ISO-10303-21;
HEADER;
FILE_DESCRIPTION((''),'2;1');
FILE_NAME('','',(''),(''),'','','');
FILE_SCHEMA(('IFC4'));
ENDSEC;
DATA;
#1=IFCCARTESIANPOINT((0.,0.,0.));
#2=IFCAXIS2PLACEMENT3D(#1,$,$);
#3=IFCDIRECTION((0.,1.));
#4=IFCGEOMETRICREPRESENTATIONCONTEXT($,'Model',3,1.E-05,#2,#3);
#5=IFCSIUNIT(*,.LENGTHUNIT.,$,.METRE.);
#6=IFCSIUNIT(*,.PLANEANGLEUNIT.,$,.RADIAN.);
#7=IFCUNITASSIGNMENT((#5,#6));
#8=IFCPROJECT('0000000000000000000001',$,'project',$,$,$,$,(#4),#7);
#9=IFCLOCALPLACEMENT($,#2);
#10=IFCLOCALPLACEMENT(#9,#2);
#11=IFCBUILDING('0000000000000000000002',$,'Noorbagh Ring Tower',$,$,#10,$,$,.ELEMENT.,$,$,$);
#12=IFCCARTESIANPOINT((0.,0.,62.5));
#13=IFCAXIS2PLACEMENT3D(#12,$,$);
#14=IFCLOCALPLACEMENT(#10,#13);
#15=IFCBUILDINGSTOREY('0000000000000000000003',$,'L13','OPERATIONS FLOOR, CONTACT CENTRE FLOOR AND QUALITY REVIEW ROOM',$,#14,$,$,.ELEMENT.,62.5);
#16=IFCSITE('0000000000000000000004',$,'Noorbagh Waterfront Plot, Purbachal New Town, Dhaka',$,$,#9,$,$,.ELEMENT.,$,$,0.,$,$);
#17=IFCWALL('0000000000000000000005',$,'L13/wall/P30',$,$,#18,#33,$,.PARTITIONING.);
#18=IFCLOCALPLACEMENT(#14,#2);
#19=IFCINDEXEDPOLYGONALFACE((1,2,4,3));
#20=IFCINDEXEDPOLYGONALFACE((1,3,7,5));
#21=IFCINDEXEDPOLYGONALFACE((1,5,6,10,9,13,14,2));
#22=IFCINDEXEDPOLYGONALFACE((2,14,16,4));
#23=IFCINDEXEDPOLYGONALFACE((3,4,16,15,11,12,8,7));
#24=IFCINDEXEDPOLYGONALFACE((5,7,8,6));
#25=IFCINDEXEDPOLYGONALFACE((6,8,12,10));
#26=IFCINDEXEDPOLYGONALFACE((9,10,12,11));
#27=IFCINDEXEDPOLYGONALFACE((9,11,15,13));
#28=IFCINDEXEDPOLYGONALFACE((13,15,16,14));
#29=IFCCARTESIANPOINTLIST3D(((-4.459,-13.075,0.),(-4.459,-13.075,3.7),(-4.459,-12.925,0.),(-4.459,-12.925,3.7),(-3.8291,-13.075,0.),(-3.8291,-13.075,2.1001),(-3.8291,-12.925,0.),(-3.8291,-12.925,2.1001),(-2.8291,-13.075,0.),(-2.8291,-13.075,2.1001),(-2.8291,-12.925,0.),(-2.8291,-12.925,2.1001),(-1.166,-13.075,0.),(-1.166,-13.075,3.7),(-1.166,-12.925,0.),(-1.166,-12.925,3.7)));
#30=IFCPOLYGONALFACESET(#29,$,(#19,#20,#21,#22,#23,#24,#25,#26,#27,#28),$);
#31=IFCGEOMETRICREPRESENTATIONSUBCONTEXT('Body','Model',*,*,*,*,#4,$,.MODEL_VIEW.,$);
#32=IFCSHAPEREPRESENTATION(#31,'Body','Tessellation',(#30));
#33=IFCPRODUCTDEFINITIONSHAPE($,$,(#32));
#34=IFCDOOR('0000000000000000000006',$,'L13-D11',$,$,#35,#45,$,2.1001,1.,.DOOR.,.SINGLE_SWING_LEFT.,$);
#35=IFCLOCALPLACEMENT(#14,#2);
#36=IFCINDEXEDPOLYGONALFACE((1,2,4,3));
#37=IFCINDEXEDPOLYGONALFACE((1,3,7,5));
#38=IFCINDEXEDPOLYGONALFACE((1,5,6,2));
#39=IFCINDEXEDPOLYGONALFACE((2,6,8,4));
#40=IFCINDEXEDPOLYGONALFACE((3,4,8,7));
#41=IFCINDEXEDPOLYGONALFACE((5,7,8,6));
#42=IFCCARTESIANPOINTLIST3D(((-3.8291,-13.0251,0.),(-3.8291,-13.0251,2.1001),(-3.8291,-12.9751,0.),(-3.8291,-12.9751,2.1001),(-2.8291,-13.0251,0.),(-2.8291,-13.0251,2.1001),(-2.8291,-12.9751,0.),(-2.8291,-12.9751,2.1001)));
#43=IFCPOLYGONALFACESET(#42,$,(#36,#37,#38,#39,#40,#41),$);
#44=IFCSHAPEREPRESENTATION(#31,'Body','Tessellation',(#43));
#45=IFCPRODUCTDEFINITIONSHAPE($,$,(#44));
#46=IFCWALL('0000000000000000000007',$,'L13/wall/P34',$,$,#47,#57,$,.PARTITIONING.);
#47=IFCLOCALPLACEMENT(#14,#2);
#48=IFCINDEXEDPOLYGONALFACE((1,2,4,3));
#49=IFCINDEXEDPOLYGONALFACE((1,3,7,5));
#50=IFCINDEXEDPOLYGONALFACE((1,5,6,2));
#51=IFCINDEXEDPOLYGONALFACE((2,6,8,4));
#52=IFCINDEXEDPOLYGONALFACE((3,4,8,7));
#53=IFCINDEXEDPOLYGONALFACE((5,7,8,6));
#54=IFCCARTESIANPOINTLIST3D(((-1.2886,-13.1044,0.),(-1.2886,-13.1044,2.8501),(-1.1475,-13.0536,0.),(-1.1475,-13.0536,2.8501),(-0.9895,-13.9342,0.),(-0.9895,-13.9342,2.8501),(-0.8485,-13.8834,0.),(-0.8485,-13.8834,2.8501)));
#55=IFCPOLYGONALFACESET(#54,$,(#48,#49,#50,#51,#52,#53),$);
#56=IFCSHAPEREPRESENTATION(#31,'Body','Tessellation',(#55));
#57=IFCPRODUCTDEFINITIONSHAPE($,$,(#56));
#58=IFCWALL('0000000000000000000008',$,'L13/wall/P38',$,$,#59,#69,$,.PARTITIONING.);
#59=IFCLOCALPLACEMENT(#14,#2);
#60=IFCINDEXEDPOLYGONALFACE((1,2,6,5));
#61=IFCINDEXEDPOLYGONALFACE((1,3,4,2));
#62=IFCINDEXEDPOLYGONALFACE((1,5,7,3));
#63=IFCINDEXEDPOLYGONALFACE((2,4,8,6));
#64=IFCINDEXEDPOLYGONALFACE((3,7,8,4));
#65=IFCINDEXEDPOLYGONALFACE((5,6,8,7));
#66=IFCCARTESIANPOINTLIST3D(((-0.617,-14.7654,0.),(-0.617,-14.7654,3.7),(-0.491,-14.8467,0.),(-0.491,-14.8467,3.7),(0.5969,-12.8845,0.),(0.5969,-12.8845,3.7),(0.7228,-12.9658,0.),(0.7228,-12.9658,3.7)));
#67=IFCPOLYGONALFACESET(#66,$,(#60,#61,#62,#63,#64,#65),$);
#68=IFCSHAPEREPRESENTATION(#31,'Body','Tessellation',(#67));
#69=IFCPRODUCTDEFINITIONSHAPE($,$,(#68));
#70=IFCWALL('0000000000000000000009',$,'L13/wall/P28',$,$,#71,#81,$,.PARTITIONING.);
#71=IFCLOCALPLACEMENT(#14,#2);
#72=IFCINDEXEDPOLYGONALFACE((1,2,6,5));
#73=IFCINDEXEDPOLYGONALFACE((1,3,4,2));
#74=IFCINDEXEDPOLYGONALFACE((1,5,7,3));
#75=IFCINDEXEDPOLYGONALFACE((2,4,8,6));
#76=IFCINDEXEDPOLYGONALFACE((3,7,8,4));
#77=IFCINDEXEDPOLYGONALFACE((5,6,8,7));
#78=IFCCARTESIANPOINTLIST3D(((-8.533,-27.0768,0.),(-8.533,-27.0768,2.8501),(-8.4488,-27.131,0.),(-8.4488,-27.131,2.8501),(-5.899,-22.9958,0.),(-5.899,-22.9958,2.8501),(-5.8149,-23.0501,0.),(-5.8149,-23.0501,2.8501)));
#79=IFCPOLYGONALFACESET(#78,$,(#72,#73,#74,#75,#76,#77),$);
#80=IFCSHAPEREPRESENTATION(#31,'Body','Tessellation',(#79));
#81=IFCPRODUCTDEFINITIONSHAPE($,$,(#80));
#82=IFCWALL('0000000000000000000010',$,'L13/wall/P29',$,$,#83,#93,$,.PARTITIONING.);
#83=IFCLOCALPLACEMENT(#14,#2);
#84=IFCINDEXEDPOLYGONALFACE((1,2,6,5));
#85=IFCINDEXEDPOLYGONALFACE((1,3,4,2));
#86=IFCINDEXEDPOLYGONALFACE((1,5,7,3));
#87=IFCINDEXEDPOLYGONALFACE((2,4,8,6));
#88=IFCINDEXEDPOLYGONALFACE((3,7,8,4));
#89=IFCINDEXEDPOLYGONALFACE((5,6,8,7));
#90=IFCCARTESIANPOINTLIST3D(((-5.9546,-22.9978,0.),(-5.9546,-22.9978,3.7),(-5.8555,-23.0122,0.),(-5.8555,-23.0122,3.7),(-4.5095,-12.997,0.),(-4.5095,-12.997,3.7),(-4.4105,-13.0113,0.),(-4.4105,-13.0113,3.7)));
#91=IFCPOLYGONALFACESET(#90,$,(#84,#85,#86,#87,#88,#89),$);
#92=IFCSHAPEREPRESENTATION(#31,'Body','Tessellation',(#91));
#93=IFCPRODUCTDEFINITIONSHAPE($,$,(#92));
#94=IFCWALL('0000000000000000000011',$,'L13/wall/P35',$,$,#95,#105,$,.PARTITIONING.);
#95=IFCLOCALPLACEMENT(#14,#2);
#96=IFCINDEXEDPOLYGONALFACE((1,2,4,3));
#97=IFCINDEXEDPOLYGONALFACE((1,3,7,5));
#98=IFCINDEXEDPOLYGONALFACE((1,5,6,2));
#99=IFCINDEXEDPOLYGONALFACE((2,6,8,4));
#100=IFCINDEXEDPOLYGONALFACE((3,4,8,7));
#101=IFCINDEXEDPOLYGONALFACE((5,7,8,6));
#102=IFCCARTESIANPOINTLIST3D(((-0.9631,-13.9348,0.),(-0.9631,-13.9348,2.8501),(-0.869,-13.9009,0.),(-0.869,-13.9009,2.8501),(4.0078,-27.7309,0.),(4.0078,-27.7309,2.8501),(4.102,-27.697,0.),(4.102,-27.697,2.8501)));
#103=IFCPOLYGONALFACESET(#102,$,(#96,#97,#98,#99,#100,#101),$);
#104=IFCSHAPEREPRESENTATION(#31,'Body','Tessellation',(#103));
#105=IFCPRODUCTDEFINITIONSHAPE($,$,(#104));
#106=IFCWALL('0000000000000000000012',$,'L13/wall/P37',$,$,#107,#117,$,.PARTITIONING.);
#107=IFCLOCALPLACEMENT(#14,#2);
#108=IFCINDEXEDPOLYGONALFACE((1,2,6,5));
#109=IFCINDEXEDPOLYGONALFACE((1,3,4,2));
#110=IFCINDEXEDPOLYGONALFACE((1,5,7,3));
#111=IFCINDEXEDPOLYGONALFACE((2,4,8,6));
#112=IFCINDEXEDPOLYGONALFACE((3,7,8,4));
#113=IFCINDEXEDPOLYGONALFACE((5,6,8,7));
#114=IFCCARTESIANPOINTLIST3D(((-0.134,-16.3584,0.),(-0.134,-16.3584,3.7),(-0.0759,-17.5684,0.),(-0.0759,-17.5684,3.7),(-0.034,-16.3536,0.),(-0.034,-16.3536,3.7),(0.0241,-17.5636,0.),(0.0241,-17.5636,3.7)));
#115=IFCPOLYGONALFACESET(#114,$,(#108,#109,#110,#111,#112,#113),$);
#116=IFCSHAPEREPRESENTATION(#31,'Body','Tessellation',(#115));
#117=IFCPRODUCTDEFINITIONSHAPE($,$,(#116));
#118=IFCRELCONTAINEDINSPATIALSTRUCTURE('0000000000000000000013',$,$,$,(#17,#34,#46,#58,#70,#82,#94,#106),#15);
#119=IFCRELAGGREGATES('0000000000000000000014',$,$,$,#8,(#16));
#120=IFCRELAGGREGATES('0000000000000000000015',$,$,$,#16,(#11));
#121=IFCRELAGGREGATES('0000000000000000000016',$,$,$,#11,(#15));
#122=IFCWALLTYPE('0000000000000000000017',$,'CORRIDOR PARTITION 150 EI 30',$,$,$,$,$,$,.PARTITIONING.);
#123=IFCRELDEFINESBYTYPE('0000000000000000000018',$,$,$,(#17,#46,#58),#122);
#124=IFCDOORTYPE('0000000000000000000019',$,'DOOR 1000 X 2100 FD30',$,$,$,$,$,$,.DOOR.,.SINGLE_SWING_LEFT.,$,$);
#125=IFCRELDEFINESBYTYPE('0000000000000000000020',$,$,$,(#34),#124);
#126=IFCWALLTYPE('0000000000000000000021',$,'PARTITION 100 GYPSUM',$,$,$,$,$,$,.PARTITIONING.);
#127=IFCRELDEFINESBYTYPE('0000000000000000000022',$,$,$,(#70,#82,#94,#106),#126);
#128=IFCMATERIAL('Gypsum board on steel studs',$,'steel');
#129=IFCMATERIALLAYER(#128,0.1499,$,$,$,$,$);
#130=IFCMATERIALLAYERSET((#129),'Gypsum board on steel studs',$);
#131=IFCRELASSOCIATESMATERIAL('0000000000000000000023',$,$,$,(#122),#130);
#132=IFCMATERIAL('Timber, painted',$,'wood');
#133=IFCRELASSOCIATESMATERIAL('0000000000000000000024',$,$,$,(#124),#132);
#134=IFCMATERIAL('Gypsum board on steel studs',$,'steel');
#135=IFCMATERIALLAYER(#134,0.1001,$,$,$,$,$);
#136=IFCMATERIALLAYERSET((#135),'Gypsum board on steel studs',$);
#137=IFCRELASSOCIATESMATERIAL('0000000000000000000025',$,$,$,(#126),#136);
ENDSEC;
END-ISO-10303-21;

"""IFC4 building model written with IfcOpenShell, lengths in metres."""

from ifc_helpers import new_model, si_unit, direction, frame, frame_2d, origin, place, context, subcontext, project, spatial, rectangle, extrude, material, layer, layer_set, type_object, element, fill, save


model = new_model("IFC4")

# Units and contexts
model_context = context("Model", 3, precision=1e-05, world=origin(), true_north=direction((0.0, 1.0)))
body_context = subcontext(model_context, "Body", "Model", "MODEL_VIEW")
ifc_project = project(units=[si_unit("LENGTHUNIT", "METRE"), si_unit("PLANEANGLEUNIT", "RADIAN")], contexts=[model_context])

# Site, building, storey
site_placement = place(None, origin())
site = spatial("IfcSite", under=ifc_project, at=site_placement, Name="Noorbagh Waterfront Plot, Purbachal New Town, Dhaka", CompositionType="ELEMENT", RefElevation=0.0)
building_placement = place(site_placement, origin())
building = spatial("IfcBuilding", under=site, at=building_placement, Name="Noorbagh Ring Tower", CompositionType="ELEMENT")
storey_placement = place(building_placement, frame((0.0, 0.0, 62.5)))
storey = spatial("IfcBuildingStorey", under=building, at=storey_placement, Name="L13", Description="OPERATIONS FLOOR, CONTACT CENTRE FLOOR AND QUALITY REVIEW ROOM", CompositionType="ELEMENT", Elevation=62.5)

# Shared definitions
ifc_material_1 = material(Name="Gypsum board on steel studs", Category="steel")
ifc_layer_1 = layer(ifc_material_1, 0.1499)
ifc_layer_set_1 = layer_set([ifc_layer_1], Name="Gypsum board on steel studs")
wall_type_1 = type_object("IfcWallType", Name="CORRIDOR PARTITION 150 EI 30", PredefinedType="PARTITIONING", material=ifc_layer_set_1)

# Wall, opening, door
ifc_material_2 = material(Name="Timber, painted", Category="wood")
door_type = type_object("IfcDoorType", Name="DOOR 1000 X 2100 FD30", OperationType="SINGLE_SWING_LEFT", PredefinedType="DOOR", material=ifc_material_2)
wall_1_placement = place(storey_placement, frame((-4.459, -13.0, 0.0), z_axis=(0.0, 0.0, 1.0), x_axis=(1.0, 0.0, 0.0)))
wall_1 = element("IfcWall", 1, at=wall_1_placement, inside=storey, type_object=wall_type_1, Name="L13/wall/P30", PredefinedType="PARTITIONING", context=body_context, shape_type="SweptSolid", body=[
    extrude(rectangle(XDim=3.293, YDim=0.1499, at=frame_2d((1.6465, 0.0))), origin(), (0.0, 0.0, 1.0), 3.7),
])
opening_1_placement = place(wall_1_placement, frame((0.6299, 0.0, 0.0)))
opening_1 = element("IfcOpeningElement", 2, at=opening_1_placement, cuts=wall_1, PredefinedType="OPENING", context=body_context, shape_type="SweptSolid", body=[
    extrude(rectangle(XDim=1.0, YDim=2.1001, at=frame_2d((0.5, 1.05))), frame((0.0, 0.085, 0.0), z_axis=(0.0, -1.0, 0.0), x_axis=(1.0, 0.0, 0.0)), (0.0, 0.0, 1.0), 0.1699),
])
door_1_placement = place(opening_1_placement, origin())
door_1 = element("IfcDoor", 3, at=door_1_placement, inside=storey, type_object=door_type, Name="L13-D11", OperationType="SINGLE_SWING_LEFT", OverallHeight=2.1001, OverallWidth=1.0, PredefinedType="DOOR", context=body_context, shape_type="SweptSolid", body=[
    extrude(rectangle(XDim=1.0, YDim=2.1001, at=frame_2d((0.5, 1.05))), frame((0.0, 0.0249, 0.0), z_axis=(0.0, -1.0, 0.0), x_axis=(1.0, 0.0, 0.0)), (0.0, 0.0, 1.0), 0.05),
])
fill(opening_1, door_1)

# Walls
wall_2_placement = place(storey_placement, frame((-1.218, -13.0791, 0.0), z_axis=(0.0, 0.0, 1.0), x_axis=(0.339053, -0.940767, 0.0)))
element("IfcWall", 4, at=wall_2_placement, inside=storey, type_object=wall_type_1, Name="L13/wall/P34", PredefinedType="PARTITIONING", context=body_context, shape_type="SweptSolid", body=[
    extrude(rectangle(XDim=0.8821, YDim=0.1499, at=frame_2d((0.4409, 0.0))), origin(), (0.0, 0.0, 1.0), 2.8501),
])
wall_3_placement = place(storey_placement, frame((-0.554, -14.8059, 0.0), z_axis=(0.0, 0.0, 1.0), x_axis=(0.542256, 0.840213, 0.0)))
element("IfcWall", 5, at=wall_3_placement, inside=storey, type_object=wall_type_1, Name="L13/wall/P38", PredefinedType="PARTITIONING", context=body_context, shape_type="SweptSolid", body=[
    extrude(rectangle(XDim=2.2385, YDim=0.1499, at=frame_2d((1.1191, 0.0))), origin(), (0.0, 0.0, 1.0), 3.7),
])
ifc_material_3 = material(Name="Gypsum board on steel studs", Category="steel")
ifc_layer_2 = layer(ifc_material_3, 0.1001)
ifc_layer_set_2 = layer_set([ifc_layer_2], Name="Gypsum board on steel studs")
wall_type_2 = type_object("IfcWallType", Name="PARTITION 100 GYPSUM", PredefinedType="PARTITIONING", material=ifc_layer_set_2)
wall_4_placement = place(storey_placement, frame((-8.491, -27.104, 0.0), z_axis=(0.0, 0.0, 1.0), x_axis=(0.542286, 0.840194, 0.0)))
element("IfcWall", 6, at=wall_4_placement, inside=storey, type_object=wall_type_2, Name="L13/wall/P28", PredefinedType="PARTITIONING", context=body_context, shape_type="SweptSolid", body=[
    extrude(rectangle(XDim=4.8572, YDim=0.1001, at=frame_2d((2.4287, 0.0))), origin(), (0.0, 0.0, 1.0), 2.8501),
])
wall_5_placement = place(storey_placement, frame((-5.905, -23.0049, 0.0), z_axis=(0.0, 0.0, 1.0), x_axis=(0.143008, 0.989722, 0.0)))
element("IfcWall", 7, at=wall_5_placement, inside=storey, type_object=wall_type_2, Name="L13/wall/P29", PredefinedType="PARTITIONING", context=body_context, shape_type="SweptSolid", body=[
    extrude(rectangle(XDim=10.1047, YDim=0.1001, at=frame_2d((5.0522, 0.0))), origin(), (0.0, 0.0, 1.0), 3.7),
])
wall_6_placement = place(storey_placement, frame((-0.916, -13.918, 0.0), z_axis=(0.0, 0.0, 1.0), x_axis=(0.338981, -0.940793, 0.0)))
element("IfcWall", 8, at=wall_6_placement, inside=storey, type_object=wall_type_2, Name="L13/wall/P35", PredefinedType="PARTITIONING", context=body_context, shape_type="SweptSolid", body=[
    extrude(rectangle(XDim=14.6643, YDim=0.1001, at=frame_2d((7.332, 0.0))), origin(), (0.0, 0.0, 1.0), 2.8501),
])
wall_7_placement = place(storey_placement, frame((-0.084, -16.356, 0.0), z_axis=(0.0, 0.0, 1.0), x_axis=(0.047967, -0.998849, 0.0)))
element("IfcWall", 9, at=wall_7_placement, inside=storey, type_object=wall_type_2, Name="L13/wall/P37", PredefinedType="PARTITIONING", context=body_context, shape_type="SweptSolid", body=[
    extrude(rectangle(XDim=1.2114, YDim=0.1001, at=frame_2d((0.6057, 0.0))), origin(), (0.0, 0.0, 1.0), 3.7),
])

save(model, "model.ifc")
